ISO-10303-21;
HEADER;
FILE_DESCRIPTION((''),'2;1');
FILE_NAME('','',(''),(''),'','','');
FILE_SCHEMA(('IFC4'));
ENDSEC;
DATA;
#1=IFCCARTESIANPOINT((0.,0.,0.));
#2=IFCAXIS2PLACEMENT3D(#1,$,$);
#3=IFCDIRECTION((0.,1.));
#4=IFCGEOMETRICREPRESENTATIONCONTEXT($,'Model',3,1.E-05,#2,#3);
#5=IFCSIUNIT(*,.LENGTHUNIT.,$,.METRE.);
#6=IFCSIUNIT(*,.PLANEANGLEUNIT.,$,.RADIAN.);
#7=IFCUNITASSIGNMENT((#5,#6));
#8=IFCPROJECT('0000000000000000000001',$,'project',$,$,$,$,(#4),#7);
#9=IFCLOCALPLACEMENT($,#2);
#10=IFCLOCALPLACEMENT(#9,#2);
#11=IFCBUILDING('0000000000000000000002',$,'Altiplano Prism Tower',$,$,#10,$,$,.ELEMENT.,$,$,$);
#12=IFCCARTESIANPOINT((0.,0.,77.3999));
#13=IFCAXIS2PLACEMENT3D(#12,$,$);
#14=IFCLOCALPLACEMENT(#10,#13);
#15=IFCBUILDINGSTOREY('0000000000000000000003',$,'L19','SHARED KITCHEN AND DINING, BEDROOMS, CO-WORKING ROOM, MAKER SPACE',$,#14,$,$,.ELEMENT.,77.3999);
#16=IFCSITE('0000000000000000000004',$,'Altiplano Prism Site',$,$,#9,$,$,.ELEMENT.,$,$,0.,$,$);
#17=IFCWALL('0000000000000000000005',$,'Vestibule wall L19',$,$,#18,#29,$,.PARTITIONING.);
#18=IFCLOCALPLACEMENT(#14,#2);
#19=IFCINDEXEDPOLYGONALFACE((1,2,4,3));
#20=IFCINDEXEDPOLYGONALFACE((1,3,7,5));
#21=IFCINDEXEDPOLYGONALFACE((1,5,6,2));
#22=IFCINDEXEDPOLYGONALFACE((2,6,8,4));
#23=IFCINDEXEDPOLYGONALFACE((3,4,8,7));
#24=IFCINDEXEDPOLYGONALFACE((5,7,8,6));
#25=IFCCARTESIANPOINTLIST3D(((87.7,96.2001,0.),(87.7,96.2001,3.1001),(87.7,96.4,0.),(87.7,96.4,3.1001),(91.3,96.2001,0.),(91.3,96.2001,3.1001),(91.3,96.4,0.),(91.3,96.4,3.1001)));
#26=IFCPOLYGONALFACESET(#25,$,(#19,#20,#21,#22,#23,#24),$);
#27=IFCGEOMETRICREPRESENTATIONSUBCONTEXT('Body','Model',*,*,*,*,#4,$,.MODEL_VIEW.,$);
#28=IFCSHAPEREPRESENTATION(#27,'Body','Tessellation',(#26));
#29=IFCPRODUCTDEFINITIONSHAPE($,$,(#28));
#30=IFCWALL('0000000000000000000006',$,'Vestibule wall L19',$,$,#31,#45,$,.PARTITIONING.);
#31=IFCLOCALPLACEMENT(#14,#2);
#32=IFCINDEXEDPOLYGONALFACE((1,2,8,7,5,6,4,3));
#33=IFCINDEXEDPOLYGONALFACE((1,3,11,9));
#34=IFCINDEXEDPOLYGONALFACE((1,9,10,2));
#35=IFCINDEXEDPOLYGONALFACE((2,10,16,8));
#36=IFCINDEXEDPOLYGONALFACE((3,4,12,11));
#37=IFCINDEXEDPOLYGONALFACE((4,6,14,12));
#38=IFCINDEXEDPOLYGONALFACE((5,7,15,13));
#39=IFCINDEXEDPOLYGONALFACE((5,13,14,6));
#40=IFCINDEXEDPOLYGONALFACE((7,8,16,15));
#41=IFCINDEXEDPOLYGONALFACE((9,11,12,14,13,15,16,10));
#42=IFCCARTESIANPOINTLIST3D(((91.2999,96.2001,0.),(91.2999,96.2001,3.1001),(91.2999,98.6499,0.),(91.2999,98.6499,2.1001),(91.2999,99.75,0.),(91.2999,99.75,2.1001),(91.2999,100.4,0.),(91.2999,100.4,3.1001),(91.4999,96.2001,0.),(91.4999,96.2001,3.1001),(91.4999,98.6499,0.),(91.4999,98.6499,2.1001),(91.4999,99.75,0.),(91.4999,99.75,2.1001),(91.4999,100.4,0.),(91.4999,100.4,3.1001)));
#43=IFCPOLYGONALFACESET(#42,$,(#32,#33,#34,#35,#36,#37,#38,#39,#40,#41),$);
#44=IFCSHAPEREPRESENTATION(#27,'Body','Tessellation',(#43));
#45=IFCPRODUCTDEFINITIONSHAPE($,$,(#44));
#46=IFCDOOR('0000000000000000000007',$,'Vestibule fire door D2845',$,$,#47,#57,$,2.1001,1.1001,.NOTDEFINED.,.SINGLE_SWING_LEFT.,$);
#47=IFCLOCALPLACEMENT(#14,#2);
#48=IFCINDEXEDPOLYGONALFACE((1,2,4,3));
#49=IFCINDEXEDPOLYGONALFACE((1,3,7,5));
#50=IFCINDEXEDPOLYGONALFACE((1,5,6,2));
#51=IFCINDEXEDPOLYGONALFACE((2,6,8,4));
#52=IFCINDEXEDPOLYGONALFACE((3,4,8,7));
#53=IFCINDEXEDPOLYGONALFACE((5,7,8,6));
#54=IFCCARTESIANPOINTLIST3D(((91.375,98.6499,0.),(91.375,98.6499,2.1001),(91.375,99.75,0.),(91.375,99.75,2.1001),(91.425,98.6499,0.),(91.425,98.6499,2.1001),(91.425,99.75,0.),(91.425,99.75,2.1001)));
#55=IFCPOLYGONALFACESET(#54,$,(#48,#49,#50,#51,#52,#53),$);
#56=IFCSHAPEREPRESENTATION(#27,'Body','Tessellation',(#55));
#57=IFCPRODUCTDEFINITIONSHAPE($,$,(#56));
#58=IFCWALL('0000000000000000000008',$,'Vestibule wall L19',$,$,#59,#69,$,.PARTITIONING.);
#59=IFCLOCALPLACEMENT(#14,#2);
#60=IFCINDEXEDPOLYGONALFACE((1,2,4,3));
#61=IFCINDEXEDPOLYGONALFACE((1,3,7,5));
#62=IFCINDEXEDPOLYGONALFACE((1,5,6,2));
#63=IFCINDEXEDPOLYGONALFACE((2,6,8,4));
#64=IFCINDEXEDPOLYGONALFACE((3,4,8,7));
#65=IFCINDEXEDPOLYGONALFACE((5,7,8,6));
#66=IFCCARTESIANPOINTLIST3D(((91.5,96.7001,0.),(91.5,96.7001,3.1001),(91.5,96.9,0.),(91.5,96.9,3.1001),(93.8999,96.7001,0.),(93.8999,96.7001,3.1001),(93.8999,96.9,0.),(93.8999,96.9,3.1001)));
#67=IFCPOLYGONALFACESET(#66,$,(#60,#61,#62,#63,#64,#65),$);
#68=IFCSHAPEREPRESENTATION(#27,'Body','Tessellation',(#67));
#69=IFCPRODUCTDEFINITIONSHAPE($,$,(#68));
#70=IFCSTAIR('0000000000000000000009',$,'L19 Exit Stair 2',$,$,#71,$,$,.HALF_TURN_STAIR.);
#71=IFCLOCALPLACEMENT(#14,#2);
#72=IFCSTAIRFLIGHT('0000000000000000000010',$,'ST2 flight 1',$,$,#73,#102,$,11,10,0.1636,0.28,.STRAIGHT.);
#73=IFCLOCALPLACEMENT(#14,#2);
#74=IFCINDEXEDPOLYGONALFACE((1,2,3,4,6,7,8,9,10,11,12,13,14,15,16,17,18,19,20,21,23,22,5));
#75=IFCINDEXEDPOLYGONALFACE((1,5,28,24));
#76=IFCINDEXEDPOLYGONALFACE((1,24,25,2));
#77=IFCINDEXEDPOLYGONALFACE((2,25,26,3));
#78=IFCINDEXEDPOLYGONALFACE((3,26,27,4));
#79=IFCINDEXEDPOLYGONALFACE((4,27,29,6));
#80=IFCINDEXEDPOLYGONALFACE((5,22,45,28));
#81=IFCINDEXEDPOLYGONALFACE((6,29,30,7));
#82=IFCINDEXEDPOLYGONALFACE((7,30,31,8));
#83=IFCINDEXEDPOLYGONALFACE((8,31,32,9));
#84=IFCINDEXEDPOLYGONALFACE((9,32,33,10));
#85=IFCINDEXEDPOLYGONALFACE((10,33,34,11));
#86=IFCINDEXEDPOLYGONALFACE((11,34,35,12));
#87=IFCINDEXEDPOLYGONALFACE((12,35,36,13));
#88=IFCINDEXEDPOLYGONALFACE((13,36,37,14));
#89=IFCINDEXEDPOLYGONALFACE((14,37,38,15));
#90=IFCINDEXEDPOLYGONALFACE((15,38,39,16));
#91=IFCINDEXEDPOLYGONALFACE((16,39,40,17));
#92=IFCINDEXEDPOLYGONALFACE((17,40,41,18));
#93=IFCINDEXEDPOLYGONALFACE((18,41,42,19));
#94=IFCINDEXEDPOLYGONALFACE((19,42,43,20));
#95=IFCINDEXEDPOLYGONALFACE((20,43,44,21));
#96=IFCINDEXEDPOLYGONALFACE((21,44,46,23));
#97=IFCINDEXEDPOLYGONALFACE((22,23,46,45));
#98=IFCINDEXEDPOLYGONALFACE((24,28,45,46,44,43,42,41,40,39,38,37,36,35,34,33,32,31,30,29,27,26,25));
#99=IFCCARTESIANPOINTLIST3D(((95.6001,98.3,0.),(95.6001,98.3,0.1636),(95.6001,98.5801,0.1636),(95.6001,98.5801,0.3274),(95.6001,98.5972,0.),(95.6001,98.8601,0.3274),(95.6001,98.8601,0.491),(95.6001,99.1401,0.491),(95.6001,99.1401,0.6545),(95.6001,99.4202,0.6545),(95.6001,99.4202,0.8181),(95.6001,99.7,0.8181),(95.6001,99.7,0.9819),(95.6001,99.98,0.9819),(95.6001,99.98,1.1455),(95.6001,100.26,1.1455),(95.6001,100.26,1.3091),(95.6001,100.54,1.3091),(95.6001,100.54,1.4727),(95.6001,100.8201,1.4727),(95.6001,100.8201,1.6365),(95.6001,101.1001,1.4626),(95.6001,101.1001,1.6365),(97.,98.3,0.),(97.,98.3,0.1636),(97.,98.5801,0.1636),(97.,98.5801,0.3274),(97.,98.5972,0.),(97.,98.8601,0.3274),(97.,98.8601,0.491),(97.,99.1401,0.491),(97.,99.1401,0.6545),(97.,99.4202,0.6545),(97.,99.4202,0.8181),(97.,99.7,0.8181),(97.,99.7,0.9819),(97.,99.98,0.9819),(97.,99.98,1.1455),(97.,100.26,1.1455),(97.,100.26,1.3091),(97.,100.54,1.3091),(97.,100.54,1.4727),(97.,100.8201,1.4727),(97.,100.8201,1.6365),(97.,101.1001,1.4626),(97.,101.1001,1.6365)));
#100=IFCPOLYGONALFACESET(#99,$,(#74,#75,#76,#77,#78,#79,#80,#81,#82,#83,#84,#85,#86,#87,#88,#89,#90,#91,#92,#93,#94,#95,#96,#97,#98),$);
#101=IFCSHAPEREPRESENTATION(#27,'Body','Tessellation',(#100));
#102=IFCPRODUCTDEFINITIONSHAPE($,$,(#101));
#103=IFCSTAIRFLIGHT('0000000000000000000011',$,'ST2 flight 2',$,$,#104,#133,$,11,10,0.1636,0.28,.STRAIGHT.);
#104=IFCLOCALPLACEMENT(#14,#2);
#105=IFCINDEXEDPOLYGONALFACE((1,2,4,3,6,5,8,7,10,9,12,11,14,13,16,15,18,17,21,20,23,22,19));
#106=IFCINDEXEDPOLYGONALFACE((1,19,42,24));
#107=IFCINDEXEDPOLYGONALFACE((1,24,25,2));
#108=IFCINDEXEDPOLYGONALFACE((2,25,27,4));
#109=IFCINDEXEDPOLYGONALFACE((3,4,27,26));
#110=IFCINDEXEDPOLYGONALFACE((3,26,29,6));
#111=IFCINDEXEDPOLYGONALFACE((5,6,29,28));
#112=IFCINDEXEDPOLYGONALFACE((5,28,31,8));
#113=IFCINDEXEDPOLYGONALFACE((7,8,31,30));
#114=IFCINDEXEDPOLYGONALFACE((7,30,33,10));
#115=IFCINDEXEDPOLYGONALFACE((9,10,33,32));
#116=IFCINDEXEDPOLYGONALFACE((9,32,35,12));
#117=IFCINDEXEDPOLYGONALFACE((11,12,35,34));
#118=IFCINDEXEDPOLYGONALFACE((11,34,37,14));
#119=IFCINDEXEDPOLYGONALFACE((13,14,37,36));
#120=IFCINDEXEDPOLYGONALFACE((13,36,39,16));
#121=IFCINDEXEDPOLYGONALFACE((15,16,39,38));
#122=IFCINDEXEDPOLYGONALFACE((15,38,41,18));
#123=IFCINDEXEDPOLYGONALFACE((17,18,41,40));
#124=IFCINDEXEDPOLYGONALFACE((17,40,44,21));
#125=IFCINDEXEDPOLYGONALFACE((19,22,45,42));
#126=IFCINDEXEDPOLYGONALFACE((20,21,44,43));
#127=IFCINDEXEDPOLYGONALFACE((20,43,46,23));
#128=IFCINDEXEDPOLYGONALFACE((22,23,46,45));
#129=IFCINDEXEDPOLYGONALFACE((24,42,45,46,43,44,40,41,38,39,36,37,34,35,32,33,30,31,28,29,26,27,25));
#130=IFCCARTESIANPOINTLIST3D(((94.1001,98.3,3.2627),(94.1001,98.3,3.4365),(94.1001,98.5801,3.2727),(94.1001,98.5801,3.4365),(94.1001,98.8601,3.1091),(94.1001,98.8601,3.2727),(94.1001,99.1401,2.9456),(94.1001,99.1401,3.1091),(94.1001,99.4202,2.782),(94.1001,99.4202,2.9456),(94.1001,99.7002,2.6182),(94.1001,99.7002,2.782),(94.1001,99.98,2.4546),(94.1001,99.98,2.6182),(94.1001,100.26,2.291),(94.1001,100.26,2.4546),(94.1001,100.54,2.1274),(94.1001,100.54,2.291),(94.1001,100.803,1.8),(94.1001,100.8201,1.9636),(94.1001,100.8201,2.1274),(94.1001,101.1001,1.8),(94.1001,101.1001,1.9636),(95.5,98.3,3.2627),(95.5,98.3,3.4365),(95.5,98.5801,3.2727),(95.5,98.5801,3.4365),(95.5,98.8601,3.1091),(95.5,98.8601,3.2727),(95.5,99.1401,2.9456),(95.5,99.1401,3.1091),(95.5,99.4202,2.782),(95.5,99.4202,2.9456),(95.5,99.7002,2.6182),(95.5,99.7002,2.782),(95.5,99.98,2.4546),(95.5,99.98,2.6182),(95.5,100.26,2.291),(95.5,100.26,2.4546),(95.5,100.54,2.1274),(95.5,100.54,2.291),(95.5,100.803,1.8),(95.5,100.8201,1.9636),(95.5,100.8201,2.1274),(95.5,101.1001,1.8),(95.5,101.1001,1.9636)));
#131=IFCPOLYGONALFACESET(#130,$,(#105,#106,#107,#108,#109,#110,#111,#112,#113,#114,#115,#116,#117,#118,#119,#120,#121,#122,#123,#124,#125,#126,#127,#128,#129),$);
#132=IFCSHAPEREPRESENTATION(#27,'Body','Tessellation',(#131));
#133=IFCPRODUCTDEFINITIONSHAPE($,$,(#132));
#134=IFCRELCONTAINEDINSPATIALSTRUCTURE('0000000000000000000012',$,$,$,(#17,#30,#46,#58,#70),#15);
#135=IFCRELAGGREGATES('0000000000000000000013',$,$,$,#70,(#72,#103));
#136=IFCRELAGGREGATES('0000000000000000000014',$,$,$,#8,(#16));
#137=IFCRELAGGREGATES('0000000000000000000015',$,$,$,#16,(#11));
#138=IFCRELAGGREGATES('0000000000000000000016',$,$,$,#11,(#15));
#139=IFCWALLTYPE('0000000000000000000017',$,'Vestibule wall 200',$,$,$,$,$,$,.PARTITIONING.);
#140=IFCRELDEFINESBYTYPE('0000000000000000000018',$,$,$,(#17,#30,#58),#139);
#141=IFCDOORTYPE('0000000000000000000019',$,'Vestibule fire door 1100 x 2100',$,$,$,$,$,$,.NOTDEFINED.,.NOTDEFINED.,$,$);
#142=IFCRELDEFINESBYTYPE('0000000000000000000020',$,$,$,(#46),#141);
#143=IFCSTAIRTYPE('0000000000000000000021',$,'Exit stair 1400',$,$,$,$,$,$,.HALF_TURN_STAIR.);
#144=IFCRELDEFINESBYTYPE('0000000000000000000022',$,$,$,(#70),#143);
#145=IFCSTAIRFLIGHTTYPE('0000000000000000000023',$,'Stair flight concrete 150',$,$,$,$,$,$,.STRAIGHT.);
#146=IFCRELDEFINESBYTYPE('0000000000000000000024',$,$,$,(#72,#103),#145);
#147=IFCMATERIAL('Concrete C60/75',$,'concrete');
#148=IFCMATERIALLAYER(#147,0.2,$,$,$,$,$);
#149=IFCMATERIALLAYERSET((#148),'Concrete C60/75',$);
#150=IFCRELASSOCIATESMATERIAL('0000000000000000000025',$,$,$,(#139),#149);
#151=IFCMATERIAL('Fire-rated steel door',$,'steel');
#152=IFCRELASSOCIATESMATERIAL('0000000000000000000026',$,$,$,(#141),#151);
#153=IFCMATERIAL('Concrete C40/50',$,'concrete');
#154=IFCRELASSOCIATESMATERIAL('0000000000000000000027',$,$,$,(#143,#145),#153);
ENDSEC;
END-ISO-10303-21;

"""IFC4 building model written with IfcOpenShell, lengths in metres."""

from ifc_helpers import new_model, si_unit, direction, frame, frame_2d, origin, place, context, subcontext, project, spatial, polyline, rectangle, outline, extrude, material, layer, layer_set, type_object, element, fill, aggregate, save


model = new_model("IFC4")

# Units and contexts
model_context = context("Model", 3, precision=1e-05, world=origin(), true_north=direction((0.0, 1.0)))
body_context = subcontext(model_context, "Body", "Model", "MODEL_VIEW")
ifc_project = project(units=[si_unit("LENGTHUNIT", "METRE"), si_unit("PLANEANGLEUNIT", "RADIAN")], contexts=[model_context])

# Site, building, storey
site_placement = place(None, origin())
site = spatial("IfcSite", under=ifc_project, at=site_placement, Name="Altiplano Prism Site", CompositionType="ELEMENT", RefElevation=0.0)
building_placement = place(site_placement, origin())
building = spatial("IfcBuilding", under=site, at=building_placement, Name="Altiplano Prism Tower", CompositionType="ELEMENT")
storey_placement = place(building_placement, frame((0.0, 0.0, 77.3999)))
storey = spatial("IfcBuildingStorey", under=building, at=storey_placement, Name="L19", Description="SHARED KITCHEN AND DINING, BEDROOMS, CO-WORKING ROOM, MAKER SPACE", CompositionType="ELEMENT", Elevation=77.3999)

# Shared definitions
ifc_material_1 = material(Name="Concrete C60/75", Category="concrete")

# Shared definitions
ifc_material_2 = material(Name="Fire-rated steel door", Category="steel")

# Shared definitions
ifc_layer_1 = layer(ifc_material_1, 0.2)
ifc_layer_set_1 = layer_set([ifc_layer_1], Name="Concrete C60/75")
wall_type_1 = type_object("IfcWallType", Name="Vestibule wall 200", PredefinedType="PARTITIONING", material=ifc_layer_set_1)
door_type_1 = type_object("IfcDoorType", Name="Vestibule fire door 1100 x 2100", OperationType="NOTDEFINED", PredefinedType="NOTDEFINED", material=ifc_material_2)

# Wall
wall_1_placement = place(storey_placement, frame((87.7, 96.3, 0.0), z_axis=(0.0, 0.0, 1.0), x_axis=(1.0, 0.0, 0.0)))
element("IfcWall", 1, at=wall_1_placement, inside=storey, type_object=wall_type_1, Name="Vestibule wall L19", PredefinedType="PARTITIONING", context=body_context, shape_type="SweptSolid", body=[
    extrude(rectangle(XDim=3.6001, YDim=0.2, at=frame_2d((1.8, 0.0))), origin(), (0.0, 0.0, 1.0), 3.1001),
])

# Wall, opening, door
wall_2_placement = place(storey_placement, frame((91.3999, 96.2, 0.0), z_axis=(0.0, 0.0, 1.0), x_axis=(0.0, 1.0, 0.0)))
wall_2 = element("IfcWall", 2, at=wall_2_placement, inside=storey, type_object=wall_type_1, Name="Vestibule wall L19", PredefinedType="PARTITIONING", context=body_context, shape_type="SweptSolid", body=[
    extrude(rectangle(XDim=4.2, YDim=0.2, at=frame_2d((2.1001, 0.0))), origin(), (0.0, 0.0, 1.0), 3.1001),
])
opening_1_placement = place(wall_2_placement, frame((2.45, 0.0, 0.0)))
opening_1 = element("IfcOpeningElement", 3, at=opening_1_placement, cuts=wall_2, PredefinedType="OPENING", context=body_context, shape_type="SweptSolid", body=[
    extrude(rectangle(XDim=1.1001, YDim=2.1001, at=frame_2d((0.55, 1.05))), frame((0.0, 0.1104, 0.0), z_axis=(0.0, -1.0, 0.0), x_axis=(1.0, 0.0, 0.0)), (0.0, 0.0, 1.0), 0.2209),
])
door_1_placement = place(opening_1_placement, origin())
door_1 = element("IfcDoor", 4, at=door_1_placement, inside=storey, type_object=door_type_1, Name="Vestibule fire door D2845", OperationType="SINGLE_SWING_LEFT", OverallHeight=2.1001, OverallWidth=1.1001, PredefinedType="NOTDEFINED", context=body_context, shape_type="SweptSolid", body=[
    extrude(rectangle(XDim=1.1001, YDim=2.1001, at=frame_2d((0.55, 1.05))), frame((0.0, 0.0249, 0.0), z_axis=(0.0, -1.0, 0.0), x_axis=(1.0, 0.0, 0.0)), (0.0, 0.0, 1.0), 0.05),
])
fill(opening_1, door_1)

# Wall
wall_3_placement = place(storey_placement, frame((91.5, 96.8, 0.0), z_axis=(0.0, 0.0, 1.0), x_axis=(1.0, 0.0, 0.0)))
element("IfcWall", 5, at=wall_3_placement, inside=storey, type_object=wall_type_1, Name="Vestibule wall L19", PredefinedType="PARTITIONING", context=body_context, shape_type="SweptSolid", body=[
    extrude(rectangle(XDim=2.3999, YDim=0.2, at=frame_2d((1.2, 0.0))), origin(), (0.0, 0.0, 1.0), 3.1001),
])

# Stair, stair flights
ifc_material_3 = material(Name="Concrete C40/50", Category="concrete")
stair_type = type_object("IfcStairType", Name="Exit stair 1400", PredefinedType="HALF_TURN_STAIR", material=ifc_material_3)
stair_placement = place(storey_placement, origin())
stair = element("IfcStair", 6, at=stair_placement, inside=storey, type_object=stair_type, Name="L19 Exit Stair 2", PredefinedType="HALF_TURN_STAIR")
stair_flight_type = type_object("IfcStairFlightType", Name="Stair flight concrete 150", PredefinedType="STRAIGHT", material=ifc_material_3)
stair_flight_1_placement = place(storey_placement, frame((96.3, 98.3, 0.0), z_axis=(0.0, 0.0, 1.0), x_axis=(0.0, 1.0, 0.0)))
stair_flight_1 = element("IfcStairFlight", 7, at=stair_flight_1_placement, type_object=stair_flight_type, Name="ST2 flight 1", NumberOfRisers=11, NumberOfTreads=10, PredefinedType="STRAIGHT", RiserHeight=0.1636, TreadLength=0.28, context=body_context, shape_type="SweptSolid", body=[
    extrude(outline(polyline([(0.0, 0.0), (0.0, 0.1636), (0.28, 0.1636), (0.28, 0.3274), (0.5601, 0.3274), (0.5601, 0.491), (0.8401, 0.491), (0.8401, 0.6545), (1.1201, 0.6545), (1.1201, 0.8181), (1.3999, 0.8181), (1.3999, 0.9819), (1.6799, 0.9819), (1.6799, 1.1455), (1.96, 1.1455), (1.96, 1.3091), (2.24, 1.3091), (2.24, 1.4727), (2.52, 1.4727), (2.52, 1.6365), (2.8, 1.6365), (2.8, 1.8), (2.8, 1.4626), (0.2971, 0.0), (0.0, 0.0)])), frame((0.0, 0.7, 0.0), z_axis=(0.0, -1.0, 0.0), x_axis=(1.0, 0.0, 0.0)), (0.0, 0.0, 1.0), 1.3999),
])
stair_flight_2_placement = place(storey_placement, frame((94.8, 101.1001, 1.8), z_axis=(0.0, 0.0, 1.0), x_axis=(0.0, -1.0, 0.0)))
stair_flight_2 = element("IfcStairFlight", 8, at=stair_flight_2_placement, type_object=stair_flight_type, Name="ST2 flight 2", NumberOfRisers=11, NumberOfTreads=10, PredefinedType="STRAIGHT", RiserHeight=0.1636, TreadLength=0.28, context=body_context, shape_type="SweptSolid", body=[
    extrude(outline(polyline([(0.0, 0.0), (0.0, 0.1636), (0.28, 0.1636), (0.28, 0.3274), (0.5601, 0.3274), (0.5601, 0.491), (0.8401, 0.491), (0.8401, 0.6545), (1.1201, 0.6545), (1.1201, 0.8181), (1.3999, 0.8181), (1.3999, 0.9819), (1.6799, 0.9819), (1.6799, 1.1455), (1.96, 1.1455), (1.96, 1.3091), (2.24, 1.3091), (2.24, 1.4727), (2.52, 1.4727), (2.52, 1.6365), (2.8, 1.6365), (2.8, 1.8), (2.8, 1.4626), (0.2971, 0.0), (0.0, 0.0)])), frame((0.0, 0.7, 0.0), z_axis=(0.0, -1.0, 0.0), x_axis=(1.0, 0.0, 0.0)), (0.0, 0.0, 1.0), 1.3999),
])
aggregate(stair, [stair_flight_1, stair_flight_2])

save(model, "model.ifc")
